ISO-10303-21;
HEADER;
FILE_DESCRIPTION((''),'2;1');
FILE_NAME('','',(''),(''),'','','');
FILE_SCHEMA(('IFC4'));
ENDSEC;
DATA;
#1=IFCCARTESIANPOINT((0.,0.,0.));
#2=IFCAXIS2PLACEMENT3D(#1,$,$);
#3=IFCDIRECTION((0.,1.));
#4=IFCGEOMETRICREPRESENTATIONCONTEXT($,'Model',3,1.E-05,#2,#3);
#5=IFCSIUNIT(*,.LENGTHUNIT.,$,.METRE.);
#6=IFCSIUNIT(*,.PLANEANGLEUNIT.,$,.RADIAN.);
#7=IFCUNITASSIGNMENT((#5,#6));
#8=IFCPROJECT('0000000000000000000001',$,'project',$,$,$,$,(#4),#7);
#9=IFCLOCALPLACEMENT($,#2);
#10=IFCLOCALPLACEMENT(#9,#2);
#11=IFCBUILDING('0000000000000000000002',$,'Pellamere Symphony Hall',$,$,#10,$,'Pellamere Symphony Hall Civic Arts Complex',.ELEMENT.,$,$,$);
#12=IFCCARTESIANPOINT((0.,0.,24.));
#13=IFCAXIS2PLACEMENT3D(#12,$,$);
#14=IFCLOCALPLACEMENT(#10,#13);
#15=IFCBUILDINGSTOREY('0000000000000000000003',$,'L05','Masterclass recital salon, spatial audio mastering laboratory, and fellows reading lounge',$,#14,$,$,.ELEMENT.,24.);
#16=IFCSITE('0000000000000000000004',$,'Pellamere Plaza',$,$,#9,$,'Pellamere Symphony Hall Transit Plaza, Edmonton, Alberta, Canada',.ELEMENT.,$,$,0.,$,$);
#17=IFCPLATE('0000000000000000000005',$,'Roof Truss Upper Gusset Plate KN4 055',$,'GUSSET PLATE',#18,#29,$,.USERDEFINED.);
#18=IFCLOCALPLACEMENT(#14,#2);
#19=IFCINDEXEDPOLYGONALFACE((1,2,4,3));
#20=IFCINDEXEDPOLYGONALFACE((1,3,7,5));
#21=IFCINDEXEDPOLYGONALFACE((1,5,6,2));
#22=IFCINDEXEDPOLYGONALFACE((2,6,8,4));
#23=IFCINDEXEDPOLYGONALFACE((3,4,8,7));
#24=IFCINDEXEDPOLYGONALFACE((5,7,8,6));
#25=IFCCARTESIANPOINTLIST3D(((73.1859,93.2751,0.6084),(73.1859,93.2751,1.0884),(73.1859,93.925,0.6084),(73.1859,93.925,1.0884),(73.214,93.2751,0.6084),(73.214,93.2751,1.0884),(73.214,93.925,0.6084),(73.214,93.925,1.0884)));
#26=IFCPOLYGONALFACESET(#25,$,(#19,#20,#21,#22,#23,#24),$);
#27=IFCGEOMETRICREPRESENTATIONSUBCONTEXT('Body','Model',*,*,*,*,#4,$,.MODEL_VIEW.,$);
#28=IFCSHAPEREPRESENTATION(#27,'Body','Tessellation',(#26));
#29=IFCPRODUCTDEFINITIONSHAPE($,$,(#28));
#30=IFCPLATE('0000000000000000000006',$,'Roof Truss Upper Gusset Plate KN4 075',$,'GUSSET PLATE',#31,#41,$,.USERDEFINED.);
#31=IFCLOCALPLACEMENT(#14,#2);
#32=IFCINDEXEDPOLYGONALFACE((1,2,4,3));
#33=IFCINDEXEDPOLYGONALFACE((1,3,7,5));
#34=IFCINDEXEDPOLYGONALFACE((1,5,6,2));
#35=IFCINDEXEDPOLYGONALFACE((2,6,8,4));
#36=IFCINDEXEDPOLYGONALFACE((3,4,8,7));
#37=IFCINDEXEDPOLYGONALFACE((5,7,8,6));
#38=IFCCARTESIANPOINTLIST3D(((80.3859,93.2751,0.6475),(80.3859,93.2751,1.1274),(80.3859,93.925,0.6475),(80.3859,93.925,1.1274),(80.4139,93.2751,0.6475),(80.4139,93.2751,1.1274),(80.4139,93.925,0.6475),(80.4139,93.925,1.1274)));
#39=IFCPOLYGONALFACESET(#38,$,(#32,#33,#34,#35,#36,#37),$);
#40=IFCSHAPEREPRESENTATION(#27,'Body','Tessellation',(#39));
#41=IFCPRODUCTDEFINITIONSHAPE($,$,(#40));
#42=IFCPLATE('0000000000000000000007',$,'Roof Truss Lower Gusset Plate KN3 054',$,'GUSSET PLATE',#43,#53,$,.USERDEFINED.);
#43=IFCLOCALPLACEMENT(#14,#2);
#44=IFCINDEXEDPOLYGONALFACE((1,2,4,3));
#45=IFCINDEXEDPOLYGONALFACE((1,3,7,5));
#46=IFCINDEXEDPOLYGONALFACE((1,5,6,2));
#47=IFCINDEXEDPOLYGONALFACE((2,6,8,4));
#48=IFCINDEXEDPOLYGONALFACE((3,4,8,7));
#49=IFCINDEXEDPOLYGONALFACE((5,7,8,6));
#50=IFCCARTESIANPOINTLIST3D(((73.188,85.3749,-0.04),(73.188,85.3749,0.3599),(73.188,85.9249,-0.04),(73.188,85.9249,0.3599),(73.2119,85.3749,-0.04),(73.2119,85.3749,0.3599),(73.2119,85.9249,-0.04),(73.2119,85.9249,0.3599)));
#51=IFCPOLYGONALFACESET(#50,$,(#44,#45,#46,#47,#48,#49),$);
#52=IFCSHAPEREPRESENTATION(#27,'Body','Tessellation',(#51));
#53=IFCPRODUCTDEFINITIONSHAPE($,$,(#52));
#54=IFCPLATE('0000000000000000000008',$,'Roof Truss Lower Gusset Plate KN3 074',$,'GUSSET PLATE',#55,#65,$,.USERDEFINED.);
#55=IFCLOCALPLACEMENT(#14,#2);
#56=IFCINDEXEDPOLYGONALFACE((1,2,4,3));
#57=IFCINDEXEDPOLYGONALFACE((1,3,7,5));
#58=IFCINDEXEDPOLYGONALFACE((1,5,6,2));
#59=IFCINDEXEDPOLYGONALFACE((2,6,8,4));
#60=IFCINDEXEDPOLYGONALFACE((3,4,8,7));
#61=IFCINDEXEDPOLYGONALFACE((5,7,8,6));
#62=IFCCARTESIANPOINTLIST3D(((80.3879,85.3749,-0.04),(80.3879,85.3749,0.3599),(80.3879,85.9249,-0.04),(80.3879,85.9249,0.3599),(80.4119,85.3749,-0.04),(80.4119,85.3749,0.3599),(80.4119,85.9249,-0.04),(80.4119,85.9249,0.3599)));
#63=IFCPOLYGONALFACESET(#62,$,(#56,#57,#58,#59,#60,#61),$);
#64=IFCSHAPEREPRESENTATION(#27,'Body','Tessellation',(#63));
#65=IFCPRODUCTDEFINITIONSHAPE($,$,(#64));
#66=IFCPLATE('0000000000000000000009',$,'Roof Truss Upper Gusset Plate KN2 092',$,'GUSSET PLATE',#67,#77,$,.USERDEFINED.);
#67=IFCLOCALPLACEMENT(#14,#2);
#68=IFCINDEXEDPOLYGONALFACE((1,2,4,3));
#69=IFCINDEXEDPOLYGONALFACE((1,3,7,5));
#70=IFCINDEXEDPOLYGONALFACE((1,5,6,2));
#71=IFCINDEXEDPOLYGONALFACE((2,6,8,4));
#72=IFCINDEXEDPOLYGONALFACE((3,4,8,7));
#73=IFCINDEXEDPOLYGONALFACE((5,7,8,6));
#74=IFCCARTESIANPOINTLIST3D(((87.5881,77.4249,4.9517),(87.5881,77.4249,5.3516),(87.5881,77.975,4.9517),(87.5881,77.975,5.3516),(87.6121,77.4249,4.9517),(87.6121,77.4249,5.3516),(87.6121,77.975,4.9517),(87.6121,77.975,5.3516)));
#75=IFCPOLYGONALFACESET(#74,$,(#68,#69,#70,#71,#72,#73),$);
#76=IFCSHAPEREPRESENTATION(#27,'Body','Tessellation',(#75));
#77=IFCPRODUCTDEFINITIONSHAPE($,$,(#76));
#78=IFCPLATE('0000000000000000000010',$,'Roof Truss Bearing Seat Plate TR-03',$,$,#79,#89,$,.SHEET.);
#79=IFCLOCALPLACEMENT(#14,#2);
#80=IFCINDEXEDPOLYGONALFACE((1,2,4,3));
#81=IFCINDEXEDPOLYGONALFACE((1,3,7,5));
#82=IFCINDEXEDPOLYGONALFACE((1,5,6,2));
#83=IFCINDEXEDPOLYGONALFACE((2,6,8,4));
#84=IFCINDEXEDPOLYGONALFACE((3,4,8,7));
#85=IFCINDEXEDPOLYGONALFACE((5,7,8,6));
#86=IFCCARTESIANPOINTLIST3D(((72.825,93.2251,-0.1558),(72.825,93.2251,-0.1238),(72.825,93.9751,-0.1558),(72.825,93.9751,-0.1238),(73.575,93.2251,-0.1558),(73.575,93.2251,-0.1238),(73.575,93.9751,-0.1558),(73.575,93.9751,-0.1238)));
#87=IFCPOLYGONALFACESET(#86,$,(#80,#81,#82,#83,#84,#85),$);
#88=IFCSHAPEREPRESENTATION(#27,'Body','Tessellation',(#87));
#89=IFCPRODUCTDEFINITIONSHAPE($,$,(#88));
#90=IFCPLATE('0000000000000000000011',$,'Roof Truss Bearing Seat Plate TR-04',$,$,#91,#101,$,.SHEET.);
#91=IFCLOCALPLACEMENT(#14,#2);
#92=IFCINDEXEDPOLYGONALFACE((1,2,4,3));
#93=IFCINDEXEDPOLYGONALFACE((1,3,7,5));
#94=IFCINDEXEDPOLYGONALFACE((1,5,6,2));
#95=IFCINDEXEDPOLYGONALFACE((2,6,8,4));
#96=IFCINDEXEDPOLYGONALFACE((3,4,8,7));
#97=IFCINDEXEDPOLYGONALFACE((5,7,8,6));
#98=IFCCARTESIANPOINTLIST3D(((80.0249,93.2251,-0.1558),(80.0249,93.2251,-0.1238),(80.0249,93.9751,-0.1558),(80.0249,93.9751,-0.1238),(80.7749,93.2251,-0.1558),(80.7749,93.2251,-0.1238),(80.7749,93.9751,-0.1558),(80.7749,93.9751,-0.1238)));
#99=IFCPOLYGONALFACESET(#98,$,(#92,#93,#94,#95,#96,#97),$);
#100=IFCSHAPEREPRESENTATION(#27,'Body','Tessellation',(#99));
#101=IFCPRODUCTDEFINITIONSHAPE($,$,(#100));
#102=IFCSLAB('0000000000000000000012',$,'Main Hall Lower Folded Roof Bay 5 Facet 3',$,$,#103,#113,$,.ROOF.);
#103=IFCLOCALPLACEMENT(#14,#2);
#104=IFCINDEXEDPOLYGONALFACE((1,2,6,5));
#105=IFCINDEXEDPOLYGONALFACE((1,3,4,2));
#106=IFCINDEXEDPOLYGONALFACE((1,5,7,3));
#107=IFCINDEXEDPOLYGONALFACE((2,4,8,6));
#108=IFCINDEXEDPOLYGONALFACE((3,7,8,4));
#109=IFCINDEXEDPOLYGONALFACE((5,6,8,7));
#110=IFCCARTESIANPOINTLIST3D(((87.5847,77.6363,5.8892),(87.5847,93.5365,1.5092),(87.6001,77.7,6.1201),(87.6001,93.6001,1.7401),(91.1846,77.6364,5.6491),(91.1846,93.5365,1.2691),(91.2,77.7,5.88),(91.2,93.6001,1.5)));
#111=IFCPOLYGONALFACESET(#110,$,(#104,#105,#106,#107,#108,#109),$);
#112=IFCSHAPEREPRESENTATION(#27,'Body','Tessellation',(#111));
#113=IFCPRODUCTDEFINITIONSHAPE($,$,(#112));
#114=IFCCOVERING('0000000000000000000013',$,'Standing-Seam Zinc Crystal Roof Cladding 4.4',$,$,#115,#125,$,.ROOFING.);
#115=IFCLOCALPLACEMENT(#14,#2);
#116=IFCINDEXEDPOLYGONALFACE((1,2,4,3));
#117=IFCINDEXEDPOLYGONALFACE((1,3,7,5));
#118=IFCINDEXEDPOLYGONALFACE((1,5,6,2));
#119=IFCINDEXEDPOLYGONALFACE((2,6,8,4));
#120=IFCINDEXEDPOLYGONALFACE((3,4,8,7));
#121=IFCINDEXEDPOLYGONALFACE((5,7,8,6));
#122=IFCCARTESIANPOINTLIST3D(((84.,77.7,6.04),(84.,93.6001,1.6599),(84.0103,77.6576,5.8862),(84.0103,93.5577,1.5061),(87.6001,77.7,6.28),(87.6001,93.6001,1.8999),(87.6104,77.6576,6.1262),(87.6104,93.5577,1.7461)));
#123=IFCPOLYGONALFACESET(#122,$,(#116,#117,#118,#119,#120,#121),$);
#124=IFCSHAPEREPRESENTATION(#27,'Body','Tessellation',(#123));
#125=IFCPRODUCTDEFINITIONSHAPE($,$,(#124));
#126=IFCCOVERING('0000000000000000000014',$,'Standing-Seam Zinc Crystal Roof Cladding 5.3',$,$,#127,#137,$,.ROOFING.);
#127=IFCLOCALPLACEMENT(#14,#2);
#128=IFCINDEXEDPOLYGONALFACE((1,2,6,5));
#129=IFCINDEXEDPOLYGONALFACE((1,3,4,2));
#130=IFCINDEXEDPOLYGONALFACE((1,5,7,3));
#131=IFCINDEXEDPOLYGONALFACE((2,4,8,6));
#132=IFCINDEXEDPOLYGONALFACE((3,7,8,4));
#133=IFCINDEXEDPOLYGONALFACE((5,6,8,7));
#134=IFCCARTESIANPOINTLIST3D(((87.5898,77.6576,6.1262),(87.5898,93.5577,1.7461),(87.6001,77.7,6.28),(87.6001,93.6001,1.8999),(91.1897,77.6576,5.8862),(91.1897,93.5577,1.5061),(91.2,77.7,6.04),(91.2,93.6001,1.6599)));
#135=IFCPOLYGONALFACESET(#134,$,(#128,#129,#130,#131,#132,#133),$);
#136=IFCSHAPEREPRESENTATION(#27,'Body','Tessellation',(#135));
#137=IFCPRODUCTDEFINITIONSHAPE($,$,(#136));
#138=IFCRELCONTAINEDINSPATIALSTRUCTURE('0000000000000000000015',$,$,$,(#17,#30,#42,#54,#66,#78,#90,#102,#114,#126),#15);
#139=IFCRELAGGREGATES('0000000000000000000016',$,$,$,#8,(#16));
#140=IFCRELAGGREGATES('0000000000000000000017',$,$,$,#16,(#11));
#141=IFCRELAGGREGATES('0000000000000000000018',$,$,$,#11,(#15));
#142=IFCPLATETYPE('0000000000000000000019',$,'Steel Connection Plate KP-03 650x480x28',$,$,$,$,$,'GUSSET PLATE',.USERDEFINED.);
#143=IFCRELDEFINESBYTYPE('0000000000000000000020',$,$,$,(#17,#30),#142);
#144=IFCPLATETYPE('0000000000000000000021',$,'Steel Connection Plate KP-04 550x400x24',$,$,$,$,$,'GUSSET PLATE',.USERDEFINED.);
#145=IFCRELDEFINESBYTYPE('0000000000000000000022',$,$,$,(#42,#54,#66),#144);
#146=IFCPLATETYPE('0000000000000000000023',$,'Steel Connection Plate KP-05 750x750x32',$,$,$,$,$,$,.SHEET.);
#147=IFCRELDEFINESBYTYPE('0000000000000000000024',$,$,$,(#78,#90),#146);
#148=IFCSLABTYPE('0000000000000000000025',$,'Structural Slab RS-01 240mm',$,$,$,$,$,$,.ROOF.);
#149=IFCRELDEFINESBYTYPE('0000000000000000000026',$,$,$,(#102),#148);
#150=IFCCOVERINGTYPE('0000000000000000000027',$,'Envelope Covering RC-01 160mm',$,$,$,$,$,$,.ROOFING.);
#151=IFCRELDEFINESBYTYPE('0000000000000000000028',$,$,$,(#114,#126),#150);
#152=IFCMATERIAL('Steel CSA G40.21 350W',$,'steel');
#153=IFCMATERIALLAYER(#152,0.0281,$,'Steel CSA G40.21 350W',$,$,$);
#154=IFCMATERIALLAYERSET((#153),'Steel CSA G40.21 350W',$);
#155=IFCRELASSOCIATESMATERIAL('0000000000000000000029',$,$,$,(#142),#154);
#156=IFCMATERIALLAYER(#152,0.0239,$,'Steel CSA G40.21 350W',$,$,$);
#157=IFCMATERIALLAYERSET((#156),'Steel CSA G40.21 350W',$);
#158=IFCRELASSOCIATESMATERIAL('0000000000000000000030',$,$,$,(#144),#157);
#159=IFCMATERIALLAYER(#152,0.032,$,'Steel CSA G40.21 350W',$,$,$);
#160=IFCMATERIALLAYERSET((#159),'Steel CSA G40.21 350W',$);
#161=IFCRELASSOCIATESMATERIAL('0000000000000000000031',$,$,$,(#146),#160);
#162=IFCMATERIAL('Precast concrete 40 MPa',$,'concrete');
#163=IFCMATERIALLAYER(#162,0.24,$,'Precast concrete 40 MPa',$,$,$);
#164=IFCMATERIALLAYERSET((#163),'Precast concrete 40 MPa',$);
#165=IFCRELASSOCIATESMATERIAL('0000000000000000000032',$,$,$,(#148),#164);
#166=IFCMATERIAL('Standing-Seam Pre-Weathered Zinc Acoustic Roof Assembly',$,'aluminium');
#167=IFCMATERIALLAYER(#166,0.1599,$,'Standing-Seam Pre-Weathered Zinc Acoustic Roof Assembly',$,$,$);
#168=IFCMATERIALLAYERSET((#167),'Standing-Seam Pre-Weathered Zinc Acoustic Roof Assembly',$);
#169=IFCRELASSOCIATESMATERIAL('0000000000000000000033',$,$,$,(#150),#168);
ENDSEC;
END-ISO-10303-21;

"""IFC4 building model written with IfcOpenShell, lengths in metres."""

from ifc_helpers import new_model, si_unit, direction, frame, origin, origin_2d, place, context, subcontext, project, spatial, polyline, rectangle, outline, extrude, material, layer, layer_set, type_object, element, save


model = new_model("IFC4")

# Units and contexts
model_context = context("Model", 3, precision=1e-05, world=origin(), true_north=direction((0.0, 1.0)))
body_context = subcontext(model_context, "Body", "Model", "MODEL_VIEW")
ifc_project = project(units=[si_unit("LENGTHUNIT", "METRE"), si_unit("PLANEANGLEUNIT", "RADIAN")], contexts=[model_context])

# Site, building, storey
site_placement = place(None, origin())
site = spatial("IfcSite", under=ifc_project, at=site_placement, Name="Pellamere Plaza", LongName="Pellamere Symphony Hall Transit Plaza, Edmonton, Alberta, Canada", CompositionType="ELEMENT", RefElevation=0.0)
building_placement = place(site_placement, origin())
building = spatial("IfcBuilding", under=site, at=building_placement, Name="Pellamere Symphony Hall", LongName="Pellamere Symphony Hall Civic Arts Complex", CompositionType="ELEMENT")
storey_placement = place(building_placement, frame((0.0, 0.0, 24.0)))
storey = spatial("IfcBuildingStorey", under=building, at=storey_placement, Name="L05", Description="Masterclass recital salon, spatial audio mastering laboratory, and fellows reading lounge", CompositionType="ELEMENT", Elevation=24.0)

# Shared definitions
ifc_material_1 = material(Name="Steel CSA G40.21 350W", Category="steel")

# Plates
ifc_layer_1 = layer(ifc_material_1, 0.0281, Name="Steel CSA G40.21 350W")
ifc_layer_set_1 = layer_set([ifc_layer_1], Name="Steel CSA G40.21 350W")
plate_type_1 = type_object("IfcPlateType", Name="Steel Connection Plate KP-03 650x480x28", ElementType="GUSSET PLATE", PredefinedType="USERDEFINED", material=ifc_layer_set_1)
for number, where, z_axis, x_axis, name in (
    (1, (73.2, 93.6001, 0.6084), (0.0, 0.0, 1.0), (1.0, 0.0, 0.0), "Roof Truss Upper Gusset Plate KN4 055"),
    (2, (80.3999, 93.6001, 0.6475), (0.0, 0.0, 1.0), (1.0, 0.0, 0.0), "Roof Truss Upper Gusset Plate KN4 075"),
):
    element("IfcPlate", number, at=place(storey_placement, frame(where, z_axis=z_axis, x_axis=x_axis)), inside=storey, type_object=plate_type_1, Name=name, ObjectType="GUSSET PLATE", PredefinedType="USERDEFINED", context=body_context, shape_type="SweptSolid", body=[
        extrude(rectangle(XDim=0.0281, YDim=0.6499, at=origin_2d()), origin(), (0.0, 0.0, 1.0), 0.48),
    ])
ifc_layer_2 = layer(ifc_material_1, 0.0239, Name="Steel CSA G40.21 350W")
ifc_layer_set_2 = layer_set([ifc_layer_2], Name="Steel CSA G40.21 350W")
plate_type_2 = type_object("IfcPlateType", Name="Steel Connection Plate KP-04 550x400x24", ElementType="GUSSET PLATE", PredefinedType="USERDEFINED", material=ifc_layer_set_2)
for number, where, z_axis, x_axis, name in (
    (3, (73.2, 85.6499, -0.04), (0.0, 0.0, 1.0), (1.0, 0.0, 0.0), "Roof Truss Lower Gusset Plate KN3 054"),
    (4, (80.3999, 85.6499, -0.04), (0.0, 0.0, 1.0), (1.0, 0.0, 0.0), "Roof Truss Lower Gusset Plate KN3 074"),
    (5, (87.6001, 77.7, 4.9517), (0.0, 0.0, 1.0), (1.0, 0.0, 0.0), "Roof Truss Upper Gusset Plate KN2 092"),
):
    element("IfcPlate", number, at=place(storey_placement, frame(where, z_axis=z_axis, x_axis=x_axis)), inside=storey, type_object=plate_type_2, Name=name, ObjectType="GUSSET PLATE", PredefinedType="USERDEFINED", context=body_context, shape_type="SweptSolid", body=[
        extrude(rectangle(XDim=0.0239, YDim=0.55, at=origin_2d()), origin(), (0.0, 0.0, 1.0), 0.3999),
    ])
ifc_layer_3 = layer(ifc_material_1, 0.032, Name="Steel CSA G40.21 350W")
ifc_layer_set_3 = layer_set([ifc_layer_3], Name="Steel CSA G40.21 350W")
plate_type_3 = type_object("IfcPlateType", Name="Steel Connection Plate KP-05 750x750x32", PredefinedType="SHEET", material=ifc_layer_set_3)
for number, where, z_axis, x_axis, name in (
    (6, (73.2, 93.6001, -0.1558), (0.0, 0.0, 1.0), (1.0, 0.0, 0.0), "Roof Truss Bearing Seat Plate TR-03"),
    (7, (80.3999, 93.6001, -0.1558), (0.0, 0.0, 1.0), (1.0, 0.0, 0.0), "Roof Truss Bearing Seat Plate TR-04"),
):
    element("IfcPlate", number, at=place(storey_placement, frame(where, z_axis=z_axis, x_axis=x_axis)), inside=storey, type_object=plate_type_3, Name=name, PredefinedType="SHEET", context=body_context, shape_type="SweptSolid", body=[
        extrude(rectangle(XDim=0.75, YDim=0.75, at=origin_2d()), origin(), (0.0, 0.0, 1.0), 0.032),
    ])

# Slab
ifc_material_2 = material(Name="Precast concrete 40 MPa", Category="concrete")
ifc_layer_4 = layer(ifc_material_2, 0.24, Name="Precast concrete 40 MPa")
ifc_layer_set_4 = layer_set([ifc_layer_4], Name="Precast concrete 40 MPa")
slab_type = type_object("IfcSlabType", Name="Structural Slab RS-01 240mm", PredefinedType="ROOF", material=ifc_layer_set_4)
slab_placement = place(storey_placement, frame((87.6001, 77.7, 6.1201), z_axis=(0.064173, 0.26503, 0.962102), x_axis=(0.997783, 0.000009, -0.066555)))
element("IfcSlab", 8, at=slab_placement, inside=storey, type_object=slab_type, Name="Main Hall Lower Folded Roof Bay 5 Facet 3", PredefinedType="ROOF", context=body_context, shape_type="SweptSolid", body=[
    extrude(outline(polyline([(0.0, 0.0), (3.6079, 0.0), (3.8995, 16.4898), (0.2917, 16.4898), (0.0, 0.0)])), origin(), (0.0, 0.0, -1.0), 0.24),
])

# Coverings
ifc_material_3 = material(Name="Standing-Seam Pre-Weathered Zinc Acoustic Roof Assembly", Category="aluminium")
ifc_layer_5 = layer(ifc_material_3, 0.1599, Name="Standing-Seam Pre-Weathered Zinc Acoustic Roof Assembly")
ifc_layer_set_5 = layer_set([ifc_layer_5], Name="Standing-Seam Pre-Weathered Zinc Acoustic Roof Assembly")
covering_type = type_object("IfcCoveringType", Name="Envelope Covering RC-01 160mm", PredefinedType="ROOFING", material=ifc_layer_set_5)
covering_1_placement = place(storey_placement, frame((84.0, 77.7, 6.04), z_axis=(-0.064136, 0.265037, 0.962103), x_axis=(0.997785, 0.0, 0.066515)))
element("IfcCovering", 9, at=covering_1_placement, inside=storey, type_object=covering_type, Name="Standing-Seam Zinc Crystal Roof Cladding 4.4", PredefinedType="ROOFING", context=body_context, shape_type="SweptSolid", body=[
    extrude(outline(polyline([(0.0, 0.0), (3.6081, 0.0), (3.3167, 16.4899), (-0.2913, 16.4899), (0.0, 0.0)])), origin(), (0.0, 0.0, -1.0), 0.1599),
])
covering_2_placement = place(storey_placement, frame((87.6001, 77.7, 6.28), z_axis=(0.06414, 0.265037, 0.962103), x_axis=(0.997785, 0.0, -0.066519)))
element("IfcCovering", 10, at=covering_2_placement, inside=storey, type_object=covering_type, Name="Standing-Seam Zinc Crystal Roof Cladding 5.3", PredefinedType="ROOFING", context=body_context, shape_type="SweptSolid", body=[
    extrude(outline(polyline([(0.0, 0.0), (3.6078, 0.0), (3.8992, 16.4899), (0.2914, 16.4899), (0.0, 0.0)])), origin(), (0.0, 0.0, -1.0), 0.1599),
])

save(model, "model.ifc")
